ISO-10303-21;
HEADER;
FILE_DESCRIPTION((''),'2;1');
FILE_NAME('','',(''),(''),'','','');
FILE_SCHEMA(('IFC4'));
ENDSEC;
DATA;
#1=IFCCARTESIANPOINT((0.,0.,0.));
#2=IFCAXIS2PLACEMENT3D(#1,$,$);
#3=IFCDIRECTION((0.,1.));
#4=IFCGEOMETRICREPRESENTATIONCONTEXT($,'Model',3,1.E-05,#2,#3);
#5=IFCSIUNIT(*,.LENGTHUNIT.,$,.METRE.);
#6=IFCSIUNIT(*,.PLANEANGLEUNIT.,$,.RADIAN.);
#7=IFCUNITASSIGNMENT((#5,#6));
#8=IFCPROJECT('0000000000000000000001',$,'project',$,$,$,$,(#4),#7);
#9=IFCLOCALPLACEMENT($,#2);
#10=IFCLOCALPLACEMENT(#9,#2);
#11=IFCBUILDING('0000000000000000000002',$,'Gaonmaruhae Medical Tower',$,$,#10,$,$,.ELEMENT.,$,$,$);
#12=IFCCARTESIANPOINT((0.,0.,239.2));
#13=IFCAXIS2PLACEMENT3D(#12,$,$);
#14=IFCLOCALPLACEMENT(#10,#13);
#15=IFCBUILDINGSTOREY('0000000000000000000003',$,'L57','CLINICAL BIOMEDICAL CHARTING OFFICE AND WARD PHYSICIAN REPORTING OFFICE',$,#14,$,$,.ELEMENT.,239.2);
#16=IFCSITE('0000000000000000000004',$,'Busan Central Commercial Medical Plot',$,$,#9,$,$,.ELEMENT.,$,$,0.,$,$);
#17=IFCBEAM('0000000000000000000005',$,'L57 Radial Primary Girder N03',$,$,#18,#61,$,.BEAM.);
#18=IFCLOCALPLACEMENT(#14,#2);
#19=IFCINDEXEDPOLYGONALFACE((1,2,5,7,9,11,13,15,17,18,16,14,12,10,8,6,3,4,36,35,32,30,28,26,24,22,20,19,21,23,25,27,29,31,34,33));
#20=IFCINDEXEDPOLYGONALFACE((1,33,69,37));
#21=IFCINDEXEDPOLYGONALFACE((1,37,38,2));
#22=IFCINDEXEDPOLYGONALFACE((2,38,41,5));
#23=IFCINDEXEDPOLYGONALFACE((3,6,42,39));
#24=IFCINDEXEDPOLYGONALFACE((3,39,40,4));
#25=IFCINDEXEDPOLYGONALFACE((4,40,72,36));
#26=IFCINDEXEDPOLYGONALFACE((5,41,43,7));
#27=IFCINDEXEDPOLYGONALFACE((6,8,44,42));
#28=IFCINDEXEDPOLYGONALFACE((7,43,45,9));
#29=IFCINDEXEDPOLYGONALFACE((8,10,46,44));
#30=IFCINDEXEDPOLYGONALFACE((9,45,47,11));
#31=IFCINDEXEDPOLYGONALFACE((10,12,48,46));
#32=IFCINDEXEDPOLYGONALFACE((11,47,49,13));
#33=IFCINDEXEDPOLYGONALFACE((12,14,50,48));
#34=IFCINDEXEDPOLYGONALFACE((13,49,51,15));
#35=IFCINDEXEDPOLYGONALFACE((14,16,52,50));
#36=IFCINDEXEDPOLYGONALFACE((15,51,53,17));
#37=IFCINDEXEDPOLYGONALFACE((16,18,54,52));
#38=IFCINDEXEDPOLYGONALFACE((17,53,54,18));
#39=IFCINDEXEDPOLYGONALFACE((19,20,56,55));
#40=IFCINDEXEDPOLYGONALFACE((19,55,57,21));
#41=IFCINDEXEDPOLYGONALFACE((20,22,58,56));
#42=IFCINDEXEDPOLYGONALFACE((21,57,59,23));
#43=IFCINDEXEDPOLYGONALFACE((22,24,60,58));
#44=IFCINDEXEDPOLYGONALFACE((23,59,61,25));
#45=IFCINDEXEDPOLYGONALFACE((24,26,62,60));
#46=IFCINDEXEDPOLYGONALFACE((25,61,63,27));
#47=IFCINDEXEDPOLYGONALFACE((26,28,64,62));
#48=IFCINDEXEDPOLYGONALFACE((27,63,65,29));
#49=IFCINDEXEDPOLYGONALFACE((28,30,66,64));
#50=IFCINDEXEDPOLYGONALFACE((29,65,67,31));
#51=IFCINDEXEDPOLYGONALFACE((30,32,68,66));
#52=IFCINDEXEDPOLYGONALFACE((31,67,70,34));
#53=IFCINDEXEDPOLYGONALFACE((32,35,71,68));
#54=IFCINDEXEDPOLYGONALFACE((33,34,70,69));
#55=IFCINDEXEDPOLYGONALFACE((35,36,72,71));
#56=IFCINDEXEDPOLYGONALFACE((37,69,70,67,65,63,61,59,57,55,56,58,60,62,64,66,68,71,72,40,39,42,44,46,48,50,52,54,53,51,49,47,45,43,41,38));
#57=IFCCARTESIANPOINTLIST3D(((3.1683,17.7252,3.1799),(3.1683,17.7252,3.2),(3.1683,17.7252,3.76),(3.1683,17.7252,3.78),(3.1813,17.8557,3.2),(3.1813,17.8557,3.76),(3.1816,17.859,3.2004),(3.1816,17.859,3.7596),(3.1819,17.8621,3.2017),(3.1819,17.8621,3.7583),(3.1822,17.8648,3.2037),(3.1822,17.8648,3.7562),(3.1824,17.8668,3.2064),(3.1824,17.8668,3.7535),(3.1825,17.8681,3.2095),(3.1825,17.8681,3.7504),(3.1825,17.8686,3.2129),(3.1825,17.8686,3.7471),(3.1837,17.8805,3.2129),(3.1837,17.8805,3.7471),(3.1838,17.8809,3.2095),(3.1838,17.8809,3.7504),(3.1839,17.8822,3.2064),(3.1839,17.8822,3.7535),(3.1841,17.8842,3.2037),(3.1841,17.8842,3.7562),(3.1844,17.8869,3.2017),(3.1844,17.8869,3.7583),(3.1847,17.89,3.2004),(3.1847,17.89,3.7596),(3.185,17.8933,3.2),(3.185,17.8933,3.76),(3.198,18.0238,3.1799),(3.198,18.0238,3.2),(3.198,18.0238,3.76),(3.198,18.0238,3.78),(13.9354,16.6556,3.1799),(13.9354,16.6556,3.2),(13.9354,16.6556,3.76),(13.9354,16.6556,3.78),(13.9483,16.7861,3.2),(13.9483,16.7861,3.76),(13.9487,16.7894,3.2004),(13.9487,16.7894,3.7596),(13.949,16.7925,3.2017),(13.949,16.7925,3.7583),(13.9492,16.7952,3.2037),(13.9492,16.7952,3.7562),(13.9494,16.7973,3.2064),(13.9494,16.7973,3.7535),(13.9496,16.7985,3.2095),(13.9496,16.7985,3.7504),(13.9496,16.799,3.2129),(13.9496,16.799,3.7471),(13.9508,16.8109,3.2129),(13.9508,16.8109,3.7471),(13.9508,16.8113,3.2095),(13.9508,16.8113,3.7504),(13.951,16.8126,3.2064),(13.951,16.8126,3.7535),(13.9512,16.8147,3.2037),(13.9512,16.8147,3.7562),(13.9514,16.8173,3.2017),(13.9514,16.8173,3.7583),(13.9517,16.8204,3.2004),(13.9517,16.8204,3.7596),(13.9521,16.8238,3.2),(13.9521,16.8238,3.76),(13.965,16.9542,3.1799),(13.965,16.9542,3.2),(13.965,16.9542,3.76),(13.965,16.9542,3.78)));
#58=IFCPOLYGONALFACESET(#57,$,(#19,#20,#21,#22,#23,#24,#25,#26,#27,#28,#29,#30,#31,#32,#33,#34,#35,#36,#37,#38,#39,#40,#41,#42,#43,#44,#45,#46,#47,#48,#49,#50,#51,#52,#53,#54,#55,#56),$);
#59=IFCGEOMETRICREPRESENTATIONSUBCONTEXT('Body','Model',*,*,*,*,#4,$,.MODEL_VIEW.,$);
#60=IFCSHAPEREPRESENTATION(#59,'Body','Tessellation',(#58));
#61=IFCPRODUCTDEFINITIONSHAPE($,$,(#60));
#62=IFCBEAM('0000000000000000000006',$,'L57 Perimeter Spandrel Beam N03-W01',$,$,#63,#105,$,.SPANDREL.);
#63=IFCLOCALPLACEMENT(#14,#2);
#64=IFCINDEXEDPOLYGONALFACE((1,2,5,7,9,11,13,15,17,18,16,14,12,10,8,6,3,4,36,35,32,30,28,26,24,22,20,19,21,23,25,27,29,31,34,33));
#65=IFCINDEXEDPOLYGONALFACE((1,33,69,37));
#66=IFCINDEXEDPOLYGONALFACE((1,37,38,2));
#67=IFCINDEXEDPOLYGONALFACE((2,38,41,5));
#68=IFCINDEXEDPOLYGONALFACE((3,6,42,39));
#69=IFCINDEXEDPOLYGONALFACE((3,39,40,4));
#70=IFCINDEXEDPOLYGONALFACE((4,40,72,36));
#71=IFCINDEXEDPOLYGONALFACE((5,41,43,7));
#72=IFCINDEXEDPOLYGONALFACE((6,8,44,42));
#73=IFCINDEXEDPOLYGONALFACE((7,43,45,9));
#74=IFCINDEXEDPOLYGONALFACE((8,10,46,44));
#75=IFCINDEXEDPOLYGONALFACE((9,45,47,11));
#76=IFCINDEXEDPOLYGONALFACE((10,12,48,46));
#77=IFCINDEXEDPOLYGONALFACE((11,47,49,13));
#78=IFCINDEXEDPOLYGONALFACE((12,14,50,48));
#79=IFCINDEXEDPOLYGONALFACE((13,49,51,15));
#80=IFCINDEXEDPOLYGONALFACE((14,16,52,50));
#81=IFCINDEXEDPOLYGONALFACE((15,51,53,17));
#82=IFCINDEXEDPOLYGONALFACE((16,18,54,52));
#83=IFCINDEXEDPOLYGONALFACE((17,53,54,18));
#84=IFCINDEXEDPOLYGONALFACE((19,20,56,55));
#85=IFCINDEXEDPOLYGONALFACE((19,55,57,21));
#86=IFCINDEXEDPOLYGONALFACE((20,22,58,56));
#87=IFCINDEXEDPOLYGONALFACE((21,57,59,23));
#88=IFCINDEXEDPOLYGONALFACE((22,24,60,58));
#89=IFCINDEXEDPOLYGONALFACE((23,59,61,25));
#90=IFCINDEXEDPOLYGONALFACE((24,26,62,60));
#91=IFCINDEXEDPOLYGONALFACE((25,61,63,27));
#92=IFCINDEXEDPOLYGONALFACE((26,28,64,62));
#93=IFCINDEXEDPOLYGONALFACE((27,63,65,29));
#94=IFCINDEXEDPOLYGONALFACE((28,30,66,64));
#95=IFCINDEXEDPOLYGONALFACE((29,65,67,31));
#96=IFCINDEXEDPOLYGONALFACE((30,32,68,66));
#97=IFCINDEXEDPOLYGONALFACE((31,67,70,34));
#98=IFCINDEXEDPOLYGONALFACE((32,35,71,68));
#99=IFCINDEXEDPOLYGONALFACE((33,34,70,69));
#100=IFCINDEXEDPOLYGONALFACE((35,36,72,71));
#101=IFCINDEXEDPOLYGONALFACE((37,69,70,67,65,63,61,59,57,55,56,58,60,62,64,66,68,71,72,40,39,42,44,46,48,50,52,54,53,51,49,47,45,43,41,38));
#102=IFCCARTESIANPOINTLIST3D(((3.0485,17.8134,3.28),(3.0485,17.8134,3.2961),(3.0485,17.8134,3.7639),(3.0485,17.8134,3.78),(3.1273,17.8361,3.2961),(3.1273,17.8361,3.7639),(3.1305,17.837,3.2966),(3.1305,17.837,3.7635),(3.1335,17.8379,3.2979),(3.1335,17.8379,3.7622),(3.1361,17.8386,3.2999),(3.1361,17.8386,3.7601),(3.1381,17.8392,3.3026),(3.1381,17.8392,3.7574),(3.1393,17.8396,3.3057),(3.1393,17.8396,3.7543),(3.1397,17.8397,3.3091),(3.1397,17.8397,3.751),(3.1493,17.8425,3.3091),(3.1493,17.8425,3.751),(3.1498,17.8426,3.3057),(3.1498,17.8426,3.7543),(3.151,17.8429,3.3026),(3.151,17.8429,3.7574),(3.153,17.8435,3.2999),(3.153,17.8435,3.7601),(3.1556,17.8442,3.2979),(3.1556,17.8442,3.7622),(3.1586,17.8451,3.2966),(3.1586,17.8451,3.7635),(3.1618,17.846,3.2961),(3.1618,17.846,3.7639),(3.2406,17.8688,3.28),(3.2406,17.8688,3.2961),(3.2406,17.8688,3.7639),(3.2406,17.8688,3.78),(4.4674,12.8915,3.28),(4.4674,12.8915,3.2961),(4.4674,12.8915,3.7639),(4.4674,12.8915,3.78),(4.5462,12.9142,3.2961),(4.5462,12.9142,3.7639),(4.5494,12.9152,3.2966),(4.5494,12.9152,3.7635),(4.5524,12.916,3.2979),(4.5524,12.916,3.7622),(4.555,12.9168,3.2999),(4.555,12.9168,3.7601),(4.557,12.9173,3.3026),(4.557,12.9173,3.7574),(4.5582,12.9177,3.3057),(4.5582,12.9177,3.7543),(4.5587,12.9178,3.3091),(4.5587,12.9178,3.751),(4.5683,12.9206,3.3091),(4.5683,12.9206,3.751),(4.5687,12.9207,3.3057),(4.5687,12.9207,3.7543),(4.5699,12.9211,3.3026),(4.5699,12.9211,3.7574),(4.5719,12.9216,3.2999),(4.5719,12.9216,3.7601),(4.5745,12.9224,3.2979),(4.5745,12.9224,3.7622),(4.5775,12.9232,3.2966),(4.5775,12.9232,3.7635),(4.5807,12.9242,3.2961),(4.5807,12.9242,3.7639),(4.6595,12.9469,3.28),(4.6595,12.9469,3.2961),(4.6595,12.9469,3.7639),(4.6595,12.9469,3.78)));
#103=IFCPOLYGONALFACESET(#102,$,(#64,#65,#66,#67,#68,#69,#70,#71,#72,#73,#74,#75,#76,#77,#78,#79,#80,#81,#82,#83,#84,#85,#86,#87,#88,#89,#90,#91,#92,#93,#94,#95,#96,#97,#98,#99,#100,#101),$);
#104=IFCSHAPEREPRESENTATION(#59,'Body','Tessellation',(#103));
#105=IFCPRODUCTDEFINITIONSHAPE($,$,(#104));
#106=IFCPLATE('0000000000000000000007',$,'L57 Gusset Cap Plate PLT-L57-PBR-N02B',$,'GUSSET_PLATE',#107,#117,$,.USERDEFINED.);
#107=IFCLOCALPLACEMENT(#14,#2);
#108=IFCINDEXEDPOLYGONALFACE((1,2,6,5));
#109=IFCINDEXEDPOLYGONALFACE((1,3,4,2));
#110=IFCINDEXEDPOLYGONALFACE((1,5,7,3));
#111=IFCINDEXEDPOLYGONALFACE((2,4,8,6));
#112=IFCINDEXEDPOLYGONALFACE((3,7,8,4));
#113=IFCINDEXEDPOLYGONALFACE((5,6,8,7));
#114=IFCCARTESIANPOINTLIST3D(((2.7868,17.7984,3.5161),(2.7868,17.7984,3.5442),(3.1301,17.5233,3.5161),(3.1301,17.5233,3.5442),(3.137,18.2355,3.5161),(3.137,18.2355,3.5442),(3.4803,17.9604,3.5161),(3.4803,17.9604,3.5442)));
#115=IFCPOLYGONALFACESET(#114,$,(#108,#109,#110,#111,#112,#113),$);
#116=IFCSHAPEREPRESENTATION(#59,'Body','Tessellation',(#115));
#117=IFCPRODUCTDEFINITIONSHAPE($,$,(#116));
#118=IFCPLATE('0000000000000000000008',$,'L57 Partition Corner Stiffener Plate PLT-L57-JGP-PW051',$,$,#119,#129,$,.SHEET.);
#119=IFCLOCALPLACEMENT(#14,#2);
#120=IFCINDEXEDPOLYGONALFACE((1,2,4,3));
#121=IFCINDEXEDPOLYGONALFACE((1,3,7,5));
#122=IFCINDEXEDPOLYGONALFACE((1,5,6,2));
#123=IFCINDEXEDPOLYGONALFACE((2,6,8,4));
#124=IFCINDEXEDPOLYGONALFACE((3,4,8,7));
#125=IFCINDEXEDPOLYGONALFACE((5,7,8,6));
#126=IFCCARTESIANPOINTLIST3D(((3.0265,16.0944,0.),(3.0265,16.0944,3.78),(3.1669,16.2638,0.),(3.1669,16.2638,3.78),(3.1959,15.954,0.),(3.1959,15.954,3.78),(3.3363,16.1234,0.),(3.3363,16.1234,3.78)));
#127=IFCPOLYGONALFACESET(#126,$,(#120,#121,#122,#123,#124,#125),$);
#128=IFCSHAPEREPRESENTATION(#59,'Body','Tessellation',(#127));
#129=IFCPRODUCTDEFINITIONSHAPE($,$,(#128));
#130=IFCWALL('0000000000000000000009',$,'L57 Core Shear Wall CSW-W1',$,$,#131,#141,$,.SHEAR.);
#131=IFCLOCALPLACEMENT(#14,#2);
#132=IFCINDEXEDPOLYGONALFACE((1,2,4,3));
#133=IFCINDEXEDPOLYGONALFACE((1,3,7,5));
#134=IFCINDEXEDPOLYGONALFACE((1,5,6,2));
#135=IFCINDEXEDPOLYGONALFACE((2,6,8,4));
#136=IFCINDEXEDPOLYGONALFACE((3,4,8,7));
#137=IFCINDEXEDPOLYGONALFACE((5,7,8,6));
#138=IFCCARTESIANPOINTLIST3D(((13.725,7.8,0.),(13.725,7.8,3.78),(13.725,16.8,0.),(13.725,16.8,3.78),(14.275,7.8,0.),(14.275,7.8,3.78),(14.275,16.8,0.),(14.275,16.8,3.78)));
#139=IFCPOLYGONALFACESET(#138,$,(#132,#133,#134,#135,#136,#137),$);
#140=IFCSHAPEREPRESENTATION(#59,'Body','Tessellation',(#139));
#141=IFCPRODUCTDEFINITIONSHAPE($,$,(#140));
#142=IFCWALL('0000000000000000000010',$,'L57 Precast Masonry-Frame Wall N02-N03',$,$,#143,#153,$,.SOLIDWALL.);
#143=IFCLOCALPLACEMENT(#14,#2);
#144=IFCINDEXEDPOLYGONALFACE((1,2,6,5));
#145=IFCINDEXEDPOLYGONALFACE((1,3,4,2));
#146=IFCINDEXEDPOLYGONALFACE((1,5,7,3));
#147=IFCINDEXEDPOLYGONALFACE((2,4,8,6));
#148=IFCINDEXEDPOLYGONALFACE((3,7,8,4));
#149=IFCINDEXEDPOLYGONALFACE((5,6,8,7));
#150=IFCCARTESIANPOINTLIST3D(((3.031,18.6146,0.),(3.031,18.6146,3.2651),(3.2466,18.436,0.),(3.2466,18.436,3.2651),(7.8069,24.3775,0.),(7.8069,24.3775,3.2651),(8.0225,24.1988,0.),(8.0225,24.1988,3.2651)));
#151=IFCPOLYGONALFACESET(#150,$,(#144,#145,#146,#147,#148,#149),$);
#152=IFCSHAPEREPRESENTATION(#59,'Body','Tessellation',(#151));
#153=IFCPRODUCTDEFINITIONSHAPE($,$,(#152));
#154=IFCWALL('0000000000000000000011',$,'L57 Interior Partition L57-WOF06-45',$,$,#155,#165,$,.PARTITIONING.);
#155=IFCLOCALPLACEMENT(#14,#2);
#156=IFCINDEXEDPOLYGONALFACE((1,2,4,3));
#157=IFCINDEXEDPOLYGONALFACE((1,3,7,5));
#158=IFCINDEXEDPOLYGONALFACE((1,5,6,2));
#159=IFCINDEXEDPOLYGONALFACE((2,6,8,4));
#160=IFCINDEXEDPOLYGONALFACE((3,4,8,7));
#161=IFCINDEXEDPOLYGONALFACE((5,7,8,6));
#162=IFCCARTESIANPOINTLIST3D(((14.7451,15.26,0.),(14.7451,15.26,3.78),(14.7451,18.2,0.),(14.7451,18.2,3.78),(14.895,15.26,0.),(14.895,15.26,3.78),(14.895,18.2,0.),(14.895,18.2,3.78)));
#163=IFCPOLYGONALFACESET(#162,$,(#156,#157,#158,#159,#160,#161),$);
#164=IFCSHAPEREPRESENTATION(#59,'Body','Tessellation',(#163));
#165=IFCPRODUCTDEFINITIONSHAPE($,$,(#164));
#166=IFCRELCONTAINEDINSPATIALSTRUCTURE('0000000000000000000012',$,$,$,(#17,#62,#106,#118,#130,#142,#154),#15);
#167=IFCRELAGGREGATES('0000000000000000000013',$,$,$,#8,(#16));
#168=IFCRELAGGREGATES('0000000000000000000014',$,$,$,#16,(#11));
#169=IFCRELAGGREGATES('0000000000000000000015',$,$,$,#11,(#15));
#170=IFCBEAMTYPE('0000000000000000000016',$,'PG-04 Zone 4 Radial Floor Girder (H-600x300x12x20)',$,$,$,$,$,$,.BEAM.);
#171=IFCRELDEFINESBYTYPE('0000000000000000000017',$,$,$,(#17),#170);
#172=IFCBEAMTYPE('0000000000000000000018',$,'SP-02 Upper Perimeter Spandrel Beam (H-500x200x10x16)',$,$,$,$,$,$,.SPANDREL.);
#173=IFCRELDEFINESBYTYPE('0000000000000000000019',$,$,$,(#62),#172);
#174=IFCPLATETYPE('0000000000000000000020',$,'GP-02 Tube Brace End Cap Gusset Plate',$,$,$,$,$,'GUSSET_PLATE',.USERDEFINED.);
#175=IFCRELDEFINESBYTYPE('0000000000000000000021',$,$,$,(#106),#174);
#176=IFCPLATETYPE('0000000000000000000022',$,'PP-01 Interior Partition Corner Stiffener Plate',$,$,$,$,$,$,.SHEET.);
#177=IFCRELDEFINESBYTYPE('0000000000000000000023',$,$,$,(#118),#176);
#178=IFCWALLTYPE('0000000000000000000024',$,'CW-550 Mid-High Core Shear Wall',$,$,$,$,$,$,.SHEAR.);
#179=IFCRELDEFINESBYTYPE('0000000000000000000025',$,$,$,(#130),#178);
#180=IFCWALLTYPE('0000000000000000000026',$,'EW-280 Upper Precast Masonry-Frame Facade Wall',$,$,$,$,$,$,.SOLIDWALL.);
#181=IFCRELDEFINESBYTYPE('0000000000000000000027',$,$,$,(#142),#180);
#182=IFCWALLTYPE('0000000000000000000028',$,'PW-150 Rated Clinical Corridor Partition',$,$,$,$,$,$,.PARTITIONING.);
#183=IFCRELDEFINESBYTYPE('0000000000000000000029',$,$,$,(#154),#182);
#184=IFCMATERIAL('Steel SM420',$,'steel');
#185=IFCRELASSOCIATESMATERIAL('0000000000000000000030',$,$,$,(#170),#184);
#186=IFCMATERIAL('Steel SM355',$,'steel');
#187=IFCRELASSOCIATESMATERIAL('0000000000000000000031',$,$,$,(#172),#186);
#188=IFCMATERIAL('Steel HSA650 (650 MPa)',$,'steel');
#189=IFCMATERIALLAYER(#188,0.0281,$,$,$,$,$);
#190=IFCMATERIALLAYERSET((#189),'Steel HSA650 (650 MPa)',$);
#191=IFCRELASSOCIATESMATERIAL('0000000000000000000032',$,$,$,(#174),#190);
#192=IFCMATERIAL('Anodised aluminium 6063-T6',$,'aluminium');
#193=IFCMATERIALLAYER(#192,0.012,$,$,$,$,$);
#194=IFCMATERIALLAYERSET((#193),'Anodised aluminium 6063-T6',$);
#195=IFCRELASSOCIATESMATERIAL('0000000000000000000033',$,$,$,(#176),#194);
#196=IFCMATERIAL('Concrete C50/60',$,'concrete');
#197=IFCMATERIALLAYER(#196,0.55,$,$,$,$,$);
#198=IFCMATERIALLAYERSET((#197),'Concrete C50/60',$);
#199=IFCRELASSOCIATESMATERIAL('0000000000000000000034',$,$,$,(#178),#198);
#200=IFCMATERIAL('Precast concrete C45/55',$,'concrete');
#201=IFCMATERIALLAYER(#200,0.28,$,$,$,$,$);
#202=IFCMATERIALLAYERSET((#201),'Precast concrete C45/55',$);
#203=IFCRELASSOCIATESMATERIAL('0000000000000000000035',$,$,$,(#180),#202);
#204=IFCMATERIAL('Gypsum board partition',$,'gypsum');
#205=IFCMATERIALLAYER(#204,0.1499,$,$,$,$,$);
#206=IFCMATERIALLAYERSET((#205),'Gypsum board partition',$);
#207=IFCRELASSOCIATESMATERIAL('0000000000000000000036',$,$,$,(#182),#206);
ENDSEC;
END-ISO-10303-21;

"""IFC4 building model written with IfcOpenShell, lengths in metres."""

from ifc_helpers import new_model, si_unit, direction, frame, frame_2d, origin, origin_2d, place, context, subcontext, project, spatial, rectangle, i_section, extrude, material, layer, layer_set, material_profile, profile_set, type_object, element, save


model = new_model("IFC4")

# Units and contexts
model_context = context("Model", 3, precision=1e-05, world=origin(), true_north=direction((0.0, 1.0)))
body_context = subcontext(model_context, "Body", "Model", "MODEL_VIEW")
ifc_project = project(units=[si_unit("LENGTHUNIT", "METRE"), si_unit("PLANEANGLEUNIT", "RADIAN")], contexts=[model_context])

# Site, building, storey
site_placement = place(None, origin())
site = spatial("IfcSite", under=ifc_project, at=site_placement, Name="Busan Central Commercial Medical Plot", CompositionType="ELEMENT", RefElevation=0.0)
building_placement = place(site_placement, origin())
building = spatial("IfcBuilding", under=site, at=building_placement, Name="Gaonmaruhae Medical Tower", CompositionType="ELEMENT")
storey_placement = place(building_placement, frame((0.0, 0.0, 239.2)))
storey = spatial("IfcBuildingStorey", under=building, at=storey_placement, Name="L57", Description="CLINICAL BIOMEDICAL CHARTING OFFICE AND WARD PHYSICIAN REPORTING OFFICE", CompositionType="ELEMENT", Elevation=239.2)

# Shared definitions
ifc_material_1 = material(Name="Concrete C50/60", Category="concrete")

# Beams
ifc_material_2 = material(Name="Steel SM355", Category="steel")
ifc_material_3 = material(Name="Steel SM420", Category="steel")
ifc_material_profile_1 = material_profile(ifc_material_3, i_section(OverallWidth=0.3, OverallDepth=0.6001, WebThickness=0.012, FlangeThickness=0.02, FilletRadius=0.0129, at=origin_2d()), Name="H-600x300x12x20")
ifc_profile_set_1 = profile_set([ifc_material_profile_1], Name="Steel SM420")
beam_type_1 = type_object("IfcBeamType", Name="PG-04 Zone 4 Radial Floor Girder (H-600x300x12x20)", PredefinedType="BEAM", material=ifc_profile_set_1)
beam_1_placement = place(storey_placement, frame((13.9502, 16.8049, 3.48), z_axis=(-0.995102, 0.098851, 0.0), x_axis=(-0.098851, -0.995102, 0.0)))
element("IfcBeam", 1, at=beam_1_placement, inside=storey, type_object=beam_type_1, Name="L57 Radial Primary Girder N03", PredefinedType="BEAM", context=body_context, shape_type="SweptSolid", body=[
    extrude(i_section(OverallWidth=0.3, OverallDepth=0.6001, WebThickness=0.012, FlangeThickness=0.02, FilletRadius=0.0129, at=origin_2d()), origin(), (0.0, 0.0, 1.0), 10.8201),
])
ifc_material_profile_2 = material_profile(ifc_material_2, i_section(OverallWidth=0.2, OverallDepth=0.5, WebThickness=0.01, FlangeThickness=0.0161, FilletRadius=0.0129, at=origin_2d()), Name="H-500x200x10x16")
ifc_profile_set_2 = profile_set([ifc_material_profile_2], Name="Steel SM355")
beam_type_2 = type_object("IfcBeamType", Name="SP-02 Upper Perimeter Spandrel Beam (H-500x200x10x16)", PredefinedType="SPANDREL", material=ifc_profile_set_2)
beam_2_placement = place(storey_placement, frame((3.1445, 17.8411, 3.53), z_axis=(0.277012, -0.960867, 0.0), x_axis=(0.960867, 0.277012, 0.0)))
element("IfcBeam", 2, at=beam_2_placement, inside=storey, type_object=beam_type_2, Name="L57 Perimeter Spandrel Beam N03-W01", PredefinedType="SPANDREL", context=body_context, shape_type="SweptSolid", body=[
    extrude(i_section(OverallWidth=0.2, OverallDepth=0.5, WebThickness=0.01, FlangeThickness=0.0161, FilletRadius=0.0129, at=origin_2d()), origin(), (0.0, 0.0, 1.0), 5.1223),
])

# Plates
ifc_material_4 = material(Name="Steel HSA650 (650 MPa)", Category="steel")
ifc_layer_1 = layer(ifc_material_4, 0.0281)
ifc_layer_set_1 = layer_set([ifc_layer_1], Name="Steel HSA650 (650 MPa)")
plate_type_1 = type_object("IfcPlateType", Name="GP-02 Tube Brace End Cap Gusset Plate", ElementType="GUSSET_PLATE", PredefinedType="USERDEFINED", material=ifc_layer_set_1)
plate_1_placement = place(storey_placement, frame((3.1335, 17.8794, 3.5161), z_axis=(0.0, 0.0, 1.0), x_axis=(0.625243, 0.78043, 0.0)))
element("IfcPlate", 3, at=plate_1_placement, inside=storey, type_object=plate_type_1, Name="L57 Gusset Cap Plate PLT-L57-PBR-N02B", ObjectType="GUSSET_PLATE", PredefinedType="USERDEFINED", context=body_context, shape_type="SweptSolid", body=[
    extrude(rectangle(XDim=0.5601, YDim=0.4399, at=origin_2d()), origin(), (0.0, 0.0, 1.0), 0.0281),
])
ifc_material_5 = material(Name="Anodised aluminium 6063-T6", Category="aluminium")
ifc_layer_2 = layer(ifc_material_5, 0.012)
ifc_layer_set_2 = layer_set([ifc_layer_2], Name="Anodised aluminium 6063-T6")
plate_type_2 = type_object("IfcPlateType", Name="PP-01 Interior Partition Corner Stiffener Plate", PredefinedType="SHEET", material=ifc_layer_set_2)
plate_2_placement = place(storey_placement, frame((3.1814, 16.1089, 0.0), z_axis=(0.0, 0.0, 1.0), x_axis=(0.638204, 0.769868, 0.0)))
element("IfcPlate", 4, at=plate_2_placement, inside=storey, type_object=plate_type_2, Name="L57 Partition Corner Stiffener Plate PLT-L57-JGP-PW051", PredefinedType="SHEET", context=body_context, shape_type="SweptSolid", body=[
    extrude(rectangle(XDim=0.22, YDim=0.22, at=origin_2d()), origin(), (0.0, 0.0, 1.0), 3.78),
])

# Walls
ifc_layer_3 = layer(ifc_material_1, 0.55)
ifc_layer_set_3 = layer_set([ifc_layer_3], Name="Concrete C50/60")
wall_type_1 = type_object("IfcWallType", Name="CW-550 Mid-High Core Shear Wall", PredefinedType="SHEAR", material=ifc_layer_set_3)
wall_1_placement = place(storey_placement, frame((14.0, 16.8, 0.0), z_axis=(0.0, 0.0, 1.0), x_axis=(0.0, -1.0, 0.0)))
element("IfcWall", 5, at=wall_1_placement, inside=storey, type_object=wall_type_1, Name="L57 Core Shear Wall CSW-W1", PredefinedType="SHEAR", context=body_context, shape_type="SweptSolid", body=[
    extrude(rectangle(XDim=9.0, YDim=0.55, at=frame_2d((4.5, 0.0))), origin(), (0.0, 0.0, 1.0), 3.78),
])
ifc_material_6 = material(Name="Precast concrete C45/55", Category="concrete")
ifc_layer_4 = layer(ifc_material_6, 0.28)
ifc_layer_set_4 = layer_set([ifc_layer_4], Name="Precast concrete C45/55")
wall_type_2 = type_object("IfcWallType", Name="EW-280 Upper Precast Masonry-Frame Facade Wall", PredefinedType="SOLIDWALL", material=ifc_layer_set_4)
wall_2_placement = place(storey_placement, frame((3.1389, 18.5254, 0.0), z_axis=(0.0, 0.0, 1.0), x_axis=(0.638087, 0.769964, 0.0)))
element("IfcWall", 6, at=wall_2_placement, inside=storey, type_object=wall_type_2, Name="L57 Precast Masonry-Frame Wall N02-N03", PredefinedType="SOLIDWALL", context=body_context, shape_type="SweptSolid", body=[
    extrude(rectangle(XDim=7.4846, YDim=0.28, at=frame_2d((3.7422, 0.0))), origin(), (0.0, 0.0, 1.0), 3.2651),
])
ifc_material_7 = material(Name="Gypsum board partition", Category="gypsum")
ifc_layer_5 = layer(ifc_material_7, 0.1499)
ifc_layer_set_5 = layer_set([ifc_layer_5], Name="Gypsum board partition")
wall_type_3 = type_object("IfcWallType", Name="PW-150 Rated Clinical Corridor Partition", PredefinedType="PARTITIONING", material=ifc_layer_set_5)
wall_3_placement = place(storey_placement, frame((14.8201, 18.2, 0.0), z_axis=(0.0, 0.0, 1.0), x_axis=(0.0, -1.0, 0.0)))
element("IfcWall", 7, at=wall_3_placement, inside=storey, type_object=wall_type_3, Name="L57 Interior Partition L57-WOF06-45", PredefinedType="PARTITIONING", context=body_context, shape_type="SweptSolid", body=[
    extrude(rectangle(XDim=2.9399, YDim=0.1499, at=frame_2d((1.47, 0.0))), origin(), (0.0, 0.0, 1.0), 3.78),
])

save(model, "model.ifc")
